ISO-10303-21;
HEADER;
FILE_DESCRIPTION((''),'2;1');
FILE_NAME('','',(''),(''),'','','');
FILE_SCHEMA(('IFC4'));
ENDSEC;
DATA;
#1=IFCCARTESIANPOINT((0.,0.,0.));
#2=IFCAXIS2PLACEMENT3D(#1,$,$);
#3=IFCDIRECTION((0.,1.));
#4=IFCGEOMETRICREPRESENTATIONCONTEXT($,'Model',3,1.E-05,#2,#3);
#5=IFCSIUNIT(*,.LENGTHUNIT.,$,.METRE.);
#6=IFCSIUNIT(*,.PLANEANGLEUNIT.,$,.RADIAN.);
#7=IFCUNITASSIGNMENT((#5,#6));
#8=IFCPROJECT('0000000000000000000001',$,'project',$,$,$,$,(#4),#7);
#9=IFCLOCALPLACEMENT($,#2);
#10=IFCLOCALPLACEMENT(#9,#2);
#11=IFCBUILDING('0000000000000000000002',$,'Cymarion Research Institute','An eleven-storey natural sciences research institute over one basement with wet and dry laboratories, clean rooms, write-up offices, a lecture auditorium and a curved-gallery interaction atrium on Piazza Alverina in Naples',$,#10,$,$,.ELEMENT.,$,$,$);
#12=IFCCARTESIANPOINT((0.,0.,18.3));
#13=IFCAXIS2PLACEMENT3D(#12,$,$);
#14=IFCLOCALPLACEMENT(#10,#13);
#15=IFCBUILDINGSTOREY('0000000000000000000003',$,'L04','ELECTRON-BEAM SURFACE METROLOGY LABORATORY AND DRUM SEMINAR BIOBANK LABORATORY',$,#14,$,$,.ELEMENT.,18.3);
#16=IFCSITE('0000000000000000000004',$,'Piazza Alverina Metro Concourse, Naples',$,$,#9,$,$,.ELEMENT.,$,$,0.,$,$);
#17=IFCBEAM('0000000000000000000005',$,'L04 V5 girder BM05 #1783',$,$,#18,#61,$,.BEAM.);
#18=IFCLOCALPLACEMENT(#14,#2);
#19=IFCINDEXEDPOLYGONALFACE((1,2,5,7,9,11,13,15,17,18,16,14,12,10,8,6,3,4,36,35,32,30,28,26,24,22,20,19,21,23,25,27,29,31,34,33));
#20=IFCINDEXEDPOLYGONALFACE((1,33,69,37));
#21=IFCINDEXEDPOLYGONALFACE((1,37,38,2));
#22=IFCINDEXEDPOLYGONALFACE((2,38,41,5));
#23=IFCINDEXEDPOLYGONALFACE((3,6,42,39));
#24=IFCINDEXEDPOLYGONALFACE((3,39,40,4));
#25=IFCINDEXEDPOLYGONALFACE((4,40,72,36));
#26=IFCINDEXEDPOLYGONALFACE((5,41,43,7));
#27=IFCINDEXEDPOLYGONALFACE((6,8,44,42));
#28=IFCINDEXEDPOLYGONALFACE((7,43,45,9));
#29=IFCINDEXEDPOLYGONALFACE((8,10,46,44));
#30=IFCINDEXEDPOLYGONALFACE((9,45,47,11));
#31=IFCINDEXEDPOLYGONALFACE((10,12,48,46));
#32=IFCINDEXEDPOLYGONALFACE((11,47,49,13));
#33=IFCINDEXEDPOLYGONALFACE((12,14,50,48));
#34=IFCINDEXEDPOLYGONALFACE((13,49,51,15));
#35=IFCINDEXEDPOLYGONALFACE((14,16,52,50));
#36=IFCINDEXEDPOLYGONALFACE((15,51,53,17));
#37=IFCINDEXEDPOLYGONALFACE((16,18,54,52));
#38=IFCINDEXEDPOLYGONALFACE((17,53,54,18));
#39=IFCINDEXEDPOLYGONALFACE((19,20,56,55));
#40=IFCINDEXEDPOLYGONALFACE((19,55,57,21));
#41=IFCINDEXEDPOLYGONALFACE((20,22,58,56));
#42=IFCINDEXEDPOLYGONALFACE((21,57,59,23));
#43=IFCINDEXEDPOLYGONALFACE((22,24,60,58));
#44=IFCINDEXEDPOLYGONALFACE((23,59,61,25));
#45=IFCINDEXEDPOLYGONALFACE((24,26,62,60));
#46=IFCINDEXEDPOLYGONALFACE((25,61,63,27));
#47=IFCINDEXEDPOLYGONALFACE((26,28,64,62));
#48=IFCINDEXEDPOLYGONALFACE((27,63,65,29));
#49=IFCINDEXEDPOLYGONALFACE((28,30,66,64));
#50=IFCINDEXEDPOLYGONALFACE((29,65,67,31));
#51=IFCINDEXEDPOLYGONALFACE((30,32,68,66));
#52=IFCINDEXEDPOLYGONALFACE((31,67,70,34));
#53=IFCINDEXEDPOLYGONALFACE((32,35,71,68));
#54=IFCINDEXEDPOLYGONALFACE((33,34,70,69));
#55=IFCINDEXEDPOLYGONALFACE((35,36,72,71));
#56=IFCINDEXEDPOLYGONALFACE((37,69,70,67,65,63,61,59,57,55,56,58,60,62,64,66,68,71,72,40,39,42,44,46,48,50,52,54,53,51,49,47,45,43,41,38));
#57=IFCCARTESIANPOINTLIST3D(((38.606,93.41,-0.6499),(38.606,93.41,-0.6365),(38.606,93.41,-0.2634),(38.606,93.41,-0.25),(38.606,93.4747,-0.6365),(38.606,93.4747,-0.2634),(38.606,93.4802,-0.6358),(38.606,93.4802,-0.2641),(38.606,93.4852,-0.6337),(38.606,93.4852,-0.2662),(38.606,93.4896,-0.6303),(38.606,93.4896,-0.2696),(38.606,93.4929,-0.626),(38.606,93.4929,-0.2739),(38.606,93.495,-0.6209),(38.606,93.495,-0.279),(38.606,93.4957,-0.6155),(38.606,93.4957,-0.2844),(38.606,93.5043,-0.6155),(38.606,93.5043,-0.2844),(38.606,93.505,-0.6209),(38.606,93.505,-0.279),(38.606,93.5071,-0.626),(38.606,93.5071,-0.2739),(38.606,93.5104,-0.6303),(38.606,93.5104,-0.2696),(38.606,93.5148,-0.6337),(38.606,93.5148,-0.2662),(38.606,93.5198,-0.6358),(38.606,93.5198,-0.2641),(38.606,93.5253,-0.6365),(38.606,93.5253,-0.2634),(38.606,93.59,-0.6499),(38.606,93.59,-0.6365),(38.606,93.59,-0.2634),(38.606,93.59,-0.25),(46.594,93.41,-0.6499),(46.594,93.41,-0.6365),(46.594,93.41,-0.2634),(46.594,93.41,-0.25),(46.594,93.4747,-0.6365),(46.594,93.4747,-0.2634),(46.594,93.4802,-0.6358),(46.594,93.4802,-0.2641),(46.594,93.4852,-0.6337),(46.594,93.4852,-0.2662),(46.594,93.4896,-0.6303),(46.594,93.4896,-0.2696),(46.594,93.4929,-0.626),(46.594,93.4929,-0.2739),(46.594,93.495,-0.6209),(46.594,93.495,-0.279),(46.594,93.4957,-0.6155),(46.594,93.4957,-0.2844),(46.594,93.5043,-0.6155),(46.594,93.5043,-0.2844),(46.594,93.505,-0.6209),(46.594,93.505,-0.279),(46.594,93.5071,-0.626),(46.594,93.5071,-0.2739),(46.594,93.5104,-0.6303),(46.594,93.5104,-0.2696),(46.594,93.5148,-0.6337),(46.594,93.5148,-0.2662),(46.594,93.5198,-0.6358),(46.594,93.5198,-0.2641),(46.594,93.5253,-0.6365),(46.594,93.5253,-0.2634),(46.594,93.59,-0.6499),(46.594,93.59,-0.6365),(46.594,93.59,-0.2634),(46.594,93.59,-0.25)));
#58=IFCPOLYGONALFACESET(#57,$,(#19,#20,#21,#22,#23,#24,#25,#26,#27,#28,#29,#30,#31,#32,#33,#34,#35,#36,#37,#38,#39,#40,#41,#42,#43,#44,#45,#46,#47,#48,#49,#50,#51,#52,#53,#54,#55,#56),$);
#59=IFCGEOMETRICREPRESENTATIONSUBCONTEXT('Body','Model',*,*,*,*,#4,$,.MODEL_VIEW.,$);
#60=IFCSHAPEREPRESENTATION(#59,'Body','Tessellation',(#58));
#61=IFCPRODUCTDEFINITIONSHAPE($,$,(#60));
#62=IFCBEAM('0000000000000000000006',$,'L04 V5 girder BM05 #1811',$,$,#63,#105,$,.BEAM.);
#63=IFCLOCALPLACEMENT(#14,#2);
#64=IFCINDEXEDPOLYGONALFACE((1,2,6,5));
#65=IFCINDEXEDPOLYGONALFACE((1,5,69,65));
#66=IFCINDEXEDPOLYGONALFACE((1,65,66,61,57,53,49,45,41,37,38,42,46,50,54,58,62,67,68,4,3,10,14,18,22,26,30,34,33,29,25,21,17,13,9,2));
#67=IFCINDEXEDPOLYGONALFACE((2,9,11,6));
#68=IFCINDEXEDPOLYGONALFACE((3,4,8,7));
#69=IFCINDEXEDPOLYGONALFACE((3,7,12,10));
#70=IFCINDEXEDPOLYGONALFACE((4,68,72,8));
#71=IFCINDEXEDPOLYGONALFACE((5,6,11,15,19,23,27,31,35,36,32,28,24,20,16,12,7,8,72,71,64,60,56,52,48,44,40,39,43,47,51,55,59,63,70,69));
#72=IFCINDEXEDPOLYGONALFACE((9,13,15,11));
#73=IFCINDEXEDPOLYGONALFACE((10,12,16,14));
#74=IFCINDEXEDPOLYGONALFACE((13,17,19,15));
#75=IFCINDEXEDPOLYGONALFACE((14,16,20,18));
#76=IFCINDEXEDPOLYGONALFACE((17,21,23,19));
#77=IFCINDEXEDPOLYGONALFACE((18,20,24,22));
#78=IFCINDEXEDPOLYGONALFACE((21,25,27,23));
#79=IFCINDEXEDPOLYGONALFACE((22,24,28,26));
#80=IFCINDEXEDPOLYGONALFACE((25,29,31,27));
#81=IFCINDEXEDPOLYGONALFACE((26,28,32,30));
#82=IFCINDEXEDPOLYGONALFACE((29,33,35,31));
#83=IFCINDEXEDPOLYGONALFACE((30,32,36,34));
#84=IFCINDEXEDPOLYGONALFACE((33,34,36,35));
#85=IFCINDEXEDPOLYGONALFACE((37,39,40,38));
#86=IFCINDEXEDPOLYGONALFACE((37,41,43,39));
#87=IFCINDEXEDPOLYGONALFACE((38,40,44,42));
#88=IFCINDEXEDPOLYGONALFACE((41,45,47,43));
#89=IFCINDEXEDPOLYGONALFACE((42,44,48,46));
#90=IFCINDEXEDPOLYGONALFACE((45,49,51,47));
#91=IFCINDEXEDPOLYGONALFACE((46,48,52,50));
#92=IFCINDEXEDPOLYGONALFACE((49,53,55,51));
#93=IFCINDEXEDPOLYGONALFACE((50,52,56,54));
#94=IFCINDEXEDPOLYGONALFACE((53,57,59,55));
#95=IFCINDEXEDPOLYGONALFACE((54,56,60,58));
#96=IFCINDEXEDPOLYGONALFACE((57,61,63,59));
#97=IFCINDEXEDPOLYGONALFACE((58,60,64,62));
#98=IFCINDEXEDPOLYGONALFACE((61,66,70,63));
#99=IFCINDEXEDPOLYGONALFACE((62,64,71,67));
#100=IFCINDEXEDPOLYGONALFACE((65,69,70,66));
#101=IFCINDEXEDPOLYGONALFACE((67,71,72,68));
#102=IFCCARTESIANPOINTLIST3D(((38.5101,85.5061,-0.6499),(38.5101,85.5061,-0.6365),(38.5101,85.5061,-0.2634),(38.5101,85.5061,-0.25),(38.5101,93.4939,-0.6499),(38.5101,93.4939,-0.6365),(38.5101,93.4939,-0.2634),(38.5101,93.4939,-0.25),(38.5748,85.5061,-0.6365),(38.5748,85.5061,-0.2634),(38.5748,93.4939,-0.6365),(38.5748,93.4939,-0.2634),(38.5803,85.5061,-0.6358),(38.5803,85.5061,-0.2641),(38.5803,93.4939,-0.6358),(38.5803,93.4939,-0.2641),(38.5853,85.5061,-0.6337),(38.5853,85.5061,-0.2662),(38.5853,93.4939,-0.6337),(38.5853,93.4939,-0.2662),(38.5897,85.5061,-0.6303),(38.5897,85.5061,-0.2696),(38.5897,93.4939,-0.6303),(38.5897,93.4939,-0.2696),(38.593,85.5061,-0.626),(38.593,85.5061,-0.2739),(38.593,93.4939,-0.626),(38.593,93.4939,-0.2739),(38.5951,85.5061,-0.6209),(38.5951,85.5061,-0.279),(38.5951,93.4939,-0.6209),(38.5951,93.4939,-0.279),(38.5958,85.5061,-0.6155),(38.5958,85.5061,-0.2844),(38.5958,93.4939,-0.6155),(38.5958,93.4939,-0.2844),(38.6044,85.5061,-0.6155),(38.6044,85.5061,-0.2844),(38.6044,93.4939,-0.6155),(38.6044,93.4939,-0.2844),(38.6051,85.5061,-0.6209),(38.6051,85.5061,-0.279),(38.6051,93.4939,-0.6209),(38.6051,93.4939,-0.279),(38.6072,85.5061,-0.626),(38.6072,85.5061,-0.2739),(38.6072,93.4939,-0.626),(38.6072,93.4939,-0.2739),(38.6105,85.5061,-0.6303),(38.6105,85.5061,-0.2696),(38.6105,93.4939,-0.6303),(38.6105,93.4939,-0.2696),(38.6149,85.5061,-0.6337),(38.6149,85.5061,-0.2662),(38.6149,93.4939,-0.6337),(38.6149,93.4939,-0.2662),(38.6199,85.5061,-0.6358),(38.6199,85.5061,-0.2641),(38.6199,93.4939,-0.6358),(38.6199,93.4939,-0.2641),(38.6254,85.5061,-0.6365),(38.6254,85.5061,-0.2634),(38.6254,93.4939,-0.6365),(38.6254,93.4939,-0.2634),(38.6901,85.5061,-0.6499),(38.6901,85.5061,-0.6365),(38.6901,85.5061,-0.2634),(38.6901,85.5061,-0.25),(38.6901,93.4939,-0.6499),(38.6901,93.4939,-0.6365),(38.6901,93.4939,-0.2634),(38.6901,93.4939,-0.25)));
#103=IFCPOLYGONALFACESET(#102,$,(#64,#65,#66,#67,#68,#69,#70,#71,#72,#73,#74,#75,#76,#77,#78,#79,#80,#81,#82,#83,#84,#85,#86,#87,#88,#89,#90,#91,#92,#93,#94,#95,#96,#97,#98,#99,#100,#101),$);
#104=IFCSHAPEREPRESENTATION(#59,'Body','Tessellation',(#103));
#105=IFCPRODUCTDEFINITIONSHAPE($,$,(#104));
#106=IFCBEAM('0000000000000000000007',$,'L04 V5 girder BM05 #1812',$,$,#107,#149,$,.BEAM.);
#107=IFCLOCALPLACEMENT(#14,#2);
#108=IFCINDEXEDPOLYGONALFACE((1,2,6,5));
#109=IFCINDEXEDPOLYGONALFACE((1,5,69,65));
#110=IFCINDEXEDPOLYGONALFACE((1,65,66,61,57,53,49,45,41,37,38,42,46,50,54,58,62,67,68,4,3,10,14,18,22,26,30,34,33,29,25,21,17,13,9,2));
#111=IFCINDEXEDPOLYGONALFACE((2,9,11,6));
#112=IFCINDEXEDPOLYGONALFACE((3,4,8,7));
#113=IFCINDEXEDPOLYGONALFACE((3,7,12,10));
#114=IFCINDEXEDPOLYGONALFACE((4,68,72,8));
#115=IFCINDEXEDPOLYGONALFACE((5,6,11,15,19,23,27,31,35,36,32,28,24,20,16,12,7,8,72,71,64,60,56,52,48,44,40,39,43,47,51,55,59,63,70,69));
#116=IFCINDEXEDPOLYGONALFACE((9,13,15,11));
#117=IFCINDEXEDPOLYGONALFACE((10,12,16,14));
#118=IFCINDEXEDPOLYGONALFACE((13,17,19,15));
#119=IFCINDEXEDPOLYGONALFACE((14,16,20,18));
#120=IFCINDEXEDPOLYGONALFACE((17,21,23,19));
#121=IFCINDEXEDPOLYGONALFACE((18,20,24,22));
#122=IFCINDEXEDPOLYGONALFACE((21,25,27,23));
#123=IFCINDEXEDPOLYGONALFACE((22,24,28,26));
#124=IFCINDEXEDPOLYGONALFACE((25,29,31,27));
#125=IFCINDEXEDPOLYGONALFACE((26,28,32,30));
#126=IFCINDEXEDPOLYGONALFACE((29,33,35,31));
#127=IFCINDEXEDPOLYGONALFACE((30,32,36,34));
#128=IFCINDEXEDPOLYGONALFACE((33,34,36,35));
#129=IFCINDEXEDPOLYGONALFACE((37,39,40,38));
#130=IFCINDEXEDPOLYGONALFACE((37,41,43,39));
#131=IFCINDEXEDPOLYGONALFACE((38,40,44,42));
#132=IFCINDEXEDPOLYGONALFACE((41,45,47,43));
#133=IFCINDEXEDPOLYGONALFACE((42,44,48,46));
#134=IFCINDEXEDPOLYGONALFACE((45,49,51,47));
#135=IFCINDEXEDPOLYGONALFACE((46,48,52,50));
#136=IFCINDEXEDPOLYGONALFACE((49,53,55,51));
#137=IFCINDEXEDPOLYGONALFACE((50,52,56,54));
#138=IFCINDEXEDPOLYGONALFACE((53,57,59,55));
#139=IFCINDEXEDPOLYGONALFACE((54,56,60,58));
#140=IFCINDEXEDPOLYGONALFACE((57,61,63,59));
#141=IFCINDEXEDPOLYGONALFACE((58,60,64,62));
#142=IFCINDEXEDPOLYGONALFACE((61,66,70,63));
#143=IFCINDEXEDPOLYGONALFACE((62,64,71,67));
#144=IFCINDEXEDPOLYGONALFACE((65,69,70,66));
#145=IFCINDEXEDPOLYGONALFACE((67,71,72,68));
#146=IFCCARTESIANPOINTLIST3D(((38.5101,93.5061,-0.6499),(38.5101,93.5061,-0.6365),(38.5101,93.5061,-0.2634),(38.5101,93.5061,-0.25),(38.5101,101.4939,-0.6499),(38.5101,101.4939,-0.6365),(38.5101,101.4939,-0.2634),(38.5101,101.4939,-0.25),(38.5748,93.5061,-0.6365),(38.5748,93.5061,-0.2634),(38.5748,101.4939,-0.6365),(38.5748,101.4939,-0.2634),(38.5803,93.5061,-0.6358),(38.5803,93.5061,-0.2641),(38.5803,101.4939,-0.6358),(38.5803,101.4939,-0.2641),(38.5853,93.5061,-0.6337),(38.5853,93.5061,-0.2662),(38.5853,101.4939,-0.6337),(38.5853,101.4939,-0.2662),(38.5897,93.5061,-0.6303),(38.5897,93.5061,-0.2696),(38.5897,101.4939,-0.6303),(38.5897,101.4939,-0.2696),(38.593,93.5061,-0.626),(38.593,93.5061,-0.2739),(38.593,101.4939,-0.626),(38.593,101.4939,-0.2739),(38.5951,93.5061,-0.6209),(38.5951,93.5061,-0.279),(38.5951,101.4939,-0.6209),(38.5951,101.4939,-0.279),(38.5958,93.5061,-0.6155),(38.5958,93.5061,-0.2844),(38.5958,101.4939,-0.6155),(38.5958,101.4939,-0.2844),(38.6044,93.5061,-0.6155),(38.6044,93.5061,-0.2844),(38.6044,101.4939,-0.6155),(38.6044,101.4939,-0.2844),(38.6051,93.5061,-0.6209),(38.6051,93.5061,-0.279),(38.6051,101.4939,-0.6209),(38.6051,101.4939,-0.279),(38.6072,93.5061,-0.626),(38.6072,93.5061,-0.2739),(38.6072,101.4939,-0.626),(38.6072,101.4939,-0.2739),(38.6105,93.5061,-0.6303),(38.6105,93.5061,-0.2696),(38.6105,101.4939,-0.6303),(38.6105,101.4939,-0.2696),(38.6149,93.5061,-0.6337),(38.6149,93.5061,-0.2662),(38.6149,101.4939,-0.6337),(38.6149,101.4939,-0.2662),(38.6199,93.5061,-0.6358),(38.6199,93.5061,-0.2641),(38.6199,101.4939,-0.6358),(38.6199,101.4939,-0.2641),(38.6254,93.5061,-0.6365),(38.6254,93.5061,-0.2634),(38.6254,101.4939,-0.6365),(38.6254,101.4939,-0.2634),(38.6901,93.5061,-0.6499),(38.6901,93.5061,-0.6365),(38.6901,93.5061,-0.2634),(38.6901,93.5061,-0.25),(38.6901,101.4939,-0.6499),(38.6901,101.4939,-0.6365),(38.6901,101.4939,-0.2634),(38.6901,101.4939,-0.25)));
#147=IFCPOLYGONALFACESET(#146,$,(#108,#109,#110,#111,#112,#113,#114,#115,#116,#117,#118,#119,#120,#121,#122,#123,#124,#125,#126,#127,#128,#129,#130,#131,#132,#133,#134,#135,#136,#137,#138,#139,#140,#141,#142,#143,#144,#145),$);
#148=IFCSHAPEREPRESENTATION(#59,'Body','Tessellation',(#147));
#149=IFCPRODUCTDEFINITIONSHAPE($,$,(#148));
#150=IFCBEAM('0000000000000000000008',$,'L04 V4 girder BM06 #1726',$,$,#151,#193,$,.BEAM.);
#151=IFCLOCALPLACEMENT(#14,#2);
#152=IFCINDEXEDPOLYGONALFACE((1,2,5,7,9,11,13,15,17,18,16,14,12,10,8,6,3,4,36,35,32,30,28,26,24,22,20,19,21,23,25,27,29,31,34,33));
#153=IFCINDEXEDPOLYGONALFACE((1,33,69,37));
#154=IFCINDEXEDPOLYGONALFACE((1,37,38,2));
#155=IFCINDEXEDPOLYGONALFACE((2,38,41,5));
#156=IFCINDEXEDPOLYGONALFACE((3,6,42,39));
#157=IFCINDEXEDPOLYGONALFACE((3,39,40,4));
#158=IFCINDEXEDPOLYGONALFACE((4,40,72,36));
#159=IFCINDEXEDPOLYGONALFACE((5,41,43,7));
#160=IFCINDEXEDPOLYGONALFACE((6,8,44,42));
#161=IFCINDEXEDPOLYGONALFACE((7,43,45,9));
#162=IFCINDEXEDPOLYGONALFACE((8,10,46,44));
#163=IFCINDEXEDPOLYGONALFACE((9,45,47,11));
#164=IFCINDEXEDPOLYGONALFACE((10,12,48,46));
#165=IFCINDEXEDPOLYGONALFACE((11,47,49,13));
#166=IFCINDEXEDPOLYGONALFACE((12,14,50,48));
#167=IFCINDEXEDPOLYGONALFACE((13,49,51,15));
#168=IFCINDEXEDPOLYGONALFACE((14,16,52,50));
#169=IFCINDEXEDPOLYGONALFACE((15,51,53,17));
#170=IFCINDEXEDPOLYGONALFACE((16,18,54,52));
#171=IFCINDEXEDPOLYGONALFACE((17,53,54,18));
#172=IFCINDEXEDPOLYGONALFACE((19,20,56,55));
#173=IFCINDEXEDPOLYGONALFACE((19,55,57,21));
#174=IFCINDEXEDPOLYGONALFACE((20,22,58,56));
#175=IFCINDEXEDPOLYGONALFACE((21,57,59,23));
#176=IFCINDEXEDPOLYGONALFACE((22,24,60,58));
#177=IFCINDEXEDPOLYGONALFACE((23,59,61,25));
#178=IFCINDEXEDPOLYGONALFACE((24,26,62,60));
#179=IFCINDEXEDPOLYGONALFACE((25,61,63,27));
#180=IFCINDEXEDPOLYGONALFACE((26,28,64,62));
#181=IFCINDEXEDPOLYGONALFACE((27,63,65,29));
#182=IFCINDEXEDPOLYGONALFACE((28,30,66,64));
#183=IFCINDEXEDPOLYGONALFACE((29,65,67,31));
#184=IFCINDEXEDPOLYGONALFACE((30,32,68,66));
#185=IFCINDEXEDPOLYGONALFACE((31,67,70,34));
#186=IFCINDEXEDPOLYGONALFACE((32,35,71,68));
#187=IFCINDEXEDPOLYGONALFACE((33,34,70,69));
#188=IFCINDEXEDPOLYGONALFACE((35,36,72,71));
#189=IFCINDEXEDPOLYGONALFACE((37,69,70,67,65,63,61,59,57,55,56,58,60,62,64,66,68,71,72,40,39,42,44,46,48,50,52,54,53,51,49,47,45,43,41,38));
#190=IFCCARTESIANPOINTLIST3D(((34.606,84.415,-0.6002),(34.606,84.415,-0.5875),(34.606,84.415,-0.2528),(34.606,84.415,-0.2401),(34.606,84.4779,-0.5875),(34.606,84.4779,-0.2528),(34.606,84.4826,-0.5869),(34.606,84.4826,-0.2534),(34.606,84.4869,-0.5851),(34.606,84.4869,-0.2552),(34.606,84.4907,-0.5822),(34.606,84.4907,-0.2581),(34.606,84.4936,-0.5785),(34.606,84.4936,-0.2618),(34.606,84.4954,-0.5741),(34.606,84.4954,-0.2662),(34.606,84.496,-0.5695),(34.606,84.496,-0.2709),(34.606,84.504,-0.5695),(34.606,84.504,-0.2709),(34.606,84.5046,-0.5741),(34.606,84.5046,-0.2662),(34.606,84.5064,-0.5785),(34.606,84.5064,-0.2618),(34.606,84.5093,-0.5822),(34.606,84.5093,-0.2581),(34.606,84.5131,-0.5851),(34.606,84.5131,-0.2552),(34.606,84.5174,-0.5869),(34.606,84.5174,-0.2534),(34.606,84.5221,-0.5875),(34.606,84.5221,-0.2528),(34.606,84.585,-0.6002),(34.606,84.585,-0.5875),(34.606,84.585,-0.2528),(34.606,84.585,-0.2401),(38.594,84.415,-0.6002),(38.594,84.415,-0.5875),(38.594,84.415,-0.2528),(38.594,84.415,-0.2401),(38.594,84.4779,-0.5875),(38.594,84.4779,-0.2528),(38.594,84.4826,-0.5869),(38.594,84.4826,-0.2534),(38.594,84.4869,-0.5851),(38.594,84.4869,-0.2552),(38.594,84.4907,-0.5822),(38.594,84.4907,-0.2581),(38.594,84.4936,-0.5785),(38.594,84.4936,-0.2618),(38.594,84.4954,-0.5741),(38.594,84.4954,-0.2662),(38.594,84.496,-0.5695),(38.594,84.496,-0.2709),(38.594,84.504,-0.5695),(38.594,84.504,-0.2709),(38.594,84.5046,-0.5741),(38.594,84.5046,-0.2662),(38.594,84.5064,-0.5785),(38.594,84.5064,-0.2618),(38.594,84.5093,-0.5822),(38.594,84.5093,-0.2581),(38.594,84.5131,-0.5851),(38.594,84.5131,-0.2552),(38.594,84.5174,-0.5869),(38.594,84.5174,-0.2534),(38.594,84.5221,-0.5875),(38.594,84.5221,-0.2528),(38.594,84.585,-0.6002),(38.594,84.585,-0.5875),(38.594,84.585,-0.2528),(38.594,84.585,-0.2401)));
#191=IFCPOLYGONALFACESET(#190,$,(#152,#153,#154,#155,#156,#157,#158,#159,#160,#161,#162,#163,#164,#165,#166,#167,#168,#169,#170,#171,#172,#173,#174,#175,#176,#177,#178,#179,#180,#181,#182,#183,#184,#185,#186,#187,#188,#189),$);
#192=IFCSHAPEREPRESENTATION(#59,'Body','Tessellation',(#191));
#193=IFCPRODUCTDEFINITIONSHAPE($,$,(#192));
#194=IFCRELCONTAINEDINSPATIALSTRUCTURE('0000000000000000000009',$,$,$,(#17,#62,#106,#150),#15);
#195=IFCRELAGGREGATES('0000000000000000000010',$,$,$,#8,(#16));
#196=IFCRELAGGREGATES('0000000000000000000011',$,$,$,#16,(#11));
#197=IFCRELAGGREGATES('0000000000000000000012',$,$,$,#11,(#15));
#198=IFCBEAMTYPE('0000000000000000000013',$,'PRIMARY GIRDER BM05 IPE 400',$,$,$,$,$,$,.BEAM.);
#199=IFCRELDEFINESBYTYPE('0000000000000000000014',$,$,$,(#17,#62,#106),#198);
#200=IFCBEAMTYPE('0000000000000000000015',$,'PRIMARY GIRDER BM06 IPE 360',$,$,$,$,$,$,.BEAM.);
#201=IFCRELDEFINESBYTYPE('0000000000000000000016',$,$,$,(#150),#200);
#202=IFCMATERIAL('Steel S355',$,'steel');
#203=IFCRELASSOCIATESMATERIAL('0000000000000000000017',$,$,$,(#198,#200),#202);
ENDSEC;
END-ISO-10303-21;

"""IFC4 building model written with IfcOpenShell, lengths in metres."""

from ifc_helpers import new_model, si_unit, direction, frame, origin, origin_2d, place, context, subcontext, project, spatial, i_section, extrude, material, material_profile, profile_set, type_object, element, save


model = new_model("IFC4")

# Units and contexts
model_context = context("Model", 3, precision=1e-05, world=origin(), true_north=direction((0.0, 1.0)))
body_context = subcontext(model_context, "Body", "Model", "MODEL_VIEW")
ifc_project = project(units=[si_unit("LENGTHUNIT", "METRE"), si_unit("PLANEANGLEUNIT", "RADIAN")], contexts=[model_context])

# Site, building, storey
site_placement = place(None, origin())
site = spatial("IfcSite", under=ifc_project, at=site_placement, Name="Piazza Alverina Metro Concourse, Naples", CompositionType="ELEMENT", RefElevation=0.0)
building_placement = place(site_placement, origin())
building = spatial("IfcBuilding", under=site, at=building_placement, Name="Cymarion Research Institute", Description="An eleven-storey natural sciences research institute over one basement with wet and dry laboratories, clean rooms, write-up offices, a lecture auditorium and a curved-gallery interaction atrium on Piazza Alverina in Naples", CompositionType="ELEMENT")
storey_placement = place(building_placement, frame((0.0, 0.0, 18.3)))
storey = spatial("IfcBuildingStorey", under=building, at=storey_placement, Name="L04", Description="ELECTRON-BEAM SURFACE METROLOGY LABORATORY AND DRUM SEMINAR BIOBANK LABORATORY", CompositionType="ELEMENT", Elevation=18.3)

# Shared definitions
ifc_material_1 = material(Name="Steel S355", Category="steel")

# Beams
ifc_material_profile_1 = material_profile(ifc_material_1, i_section(OverallWidth=0.1799, OverallDepth=0.3999, WebThickness=0.0085, FlangeThickness=0.0134, FilletRadius=0.021, at=origin_2d()), Name="IPE 400")
ifc_profile_set_1 = profile_set([ifc_material_profile_1], Name="Steel S355")
beam_type_1 = type_object("IfcBeamType", Name="PRIMARY GIRDER BM05 IPE 400", PredefinedType="BEAM", material=ifc_profile_set_1)
beam_1_placement = place(storey_placement, frame((38.606, 93.5, -0.45), z_axis=(1.0, 0.0, 0.0), x_axis=(0.0, 1.0, 0.0)))
element("IfcBeam", 1, at=beam_1_placement, inside=storey, type_object=beam_type_1, Name="L04 V5 girder BM05 #1783", PredefinedType="BEAM", context=body_context, shape_type="SweptSolid", body=[
    extrude(i_section(OverallWidth=0.1799, OverallDepth=0.3999, WebThickness=0.0085, FlangeThickness=0.0134, FilletRadius=0.021, at=origin_2d()), origin(), (0.0, 0.0, 1.0), 7.988),
])
for number, where, z_axis, x_axis, name in (
    (2, (38.6001, 85.5061, -0.45), (0.0, 1.0, 0.0), (-1.0, 0.0, 0.0), "L04 V5 girder BM05 #1811"),
    (3, (38.6001, 93.5061, -0.45), (0.0, 1.0, 0.0), (-1.0, 0.0, 0.0), "L04 V5 girder BM05 #1812"),
):
    element("IfcBeam", number, at=place(storey_placement, frame(where, z_axis=z_axis, x_axis=x_axis)), inside=storey, type_object=beam_type_1, Name=name, PredefinedType="BEAM", context=body_context, shape_type="SweptSolid", body=[
        extrude(i_section(OverallWidth=0.1799, OverallDepth=0.3999, WebThickness=0.0085, FlangeThickness=0.0134, FilletRadius=0.021, at=origin_2d()), origin(), (0.0, 0.0, 1.0), 7.9878),
    ])
ifc_material_profile_2 = material_profile(ifc_material_1, i_section(OverallWidth=0.1699, OverallDepth=0.3601, WebThickness=0.0081, FlangeThickness=0.0127, FilletRadius=0.0181, at=origin_2d()), Name="IPE 360")
ifc_profile_set_2 = profile_set([ifc_material_profile_2], Name="Steel S355")
beam_type_2 = type_object("IfcBeamType", Name="PRIMARY GIRDER BM06 IPE 360", PredefinedType="BEAM", material=ifc_profile_set_2)
beam_2_placement = place(storey_placement, frame((34.606, 84.5, -0.4202), z_axis=(1.0, 0.0, 0.0), x_axis=(0.0, 1.0, 0.0)))
element("IfcBeam", 4, at=beam_2_placement, inside=storey, type_object=beam_type_2, Name="L04 V4 girder BM06 #1726", PredefinedType="BEAM", context=body_context, shape_type="SweptSolid", body=[
    extrude(i_section(OverallWidth=0.1699, OverallDepth=0.3601, WebThickness=0.0081, FlangeThickness=0.0127, FilletRadius=0.0181, at=origin_2d()), origin(), (0.0, 0.0, 1.0), 3.988),
])

save(model, "model.ifc")
